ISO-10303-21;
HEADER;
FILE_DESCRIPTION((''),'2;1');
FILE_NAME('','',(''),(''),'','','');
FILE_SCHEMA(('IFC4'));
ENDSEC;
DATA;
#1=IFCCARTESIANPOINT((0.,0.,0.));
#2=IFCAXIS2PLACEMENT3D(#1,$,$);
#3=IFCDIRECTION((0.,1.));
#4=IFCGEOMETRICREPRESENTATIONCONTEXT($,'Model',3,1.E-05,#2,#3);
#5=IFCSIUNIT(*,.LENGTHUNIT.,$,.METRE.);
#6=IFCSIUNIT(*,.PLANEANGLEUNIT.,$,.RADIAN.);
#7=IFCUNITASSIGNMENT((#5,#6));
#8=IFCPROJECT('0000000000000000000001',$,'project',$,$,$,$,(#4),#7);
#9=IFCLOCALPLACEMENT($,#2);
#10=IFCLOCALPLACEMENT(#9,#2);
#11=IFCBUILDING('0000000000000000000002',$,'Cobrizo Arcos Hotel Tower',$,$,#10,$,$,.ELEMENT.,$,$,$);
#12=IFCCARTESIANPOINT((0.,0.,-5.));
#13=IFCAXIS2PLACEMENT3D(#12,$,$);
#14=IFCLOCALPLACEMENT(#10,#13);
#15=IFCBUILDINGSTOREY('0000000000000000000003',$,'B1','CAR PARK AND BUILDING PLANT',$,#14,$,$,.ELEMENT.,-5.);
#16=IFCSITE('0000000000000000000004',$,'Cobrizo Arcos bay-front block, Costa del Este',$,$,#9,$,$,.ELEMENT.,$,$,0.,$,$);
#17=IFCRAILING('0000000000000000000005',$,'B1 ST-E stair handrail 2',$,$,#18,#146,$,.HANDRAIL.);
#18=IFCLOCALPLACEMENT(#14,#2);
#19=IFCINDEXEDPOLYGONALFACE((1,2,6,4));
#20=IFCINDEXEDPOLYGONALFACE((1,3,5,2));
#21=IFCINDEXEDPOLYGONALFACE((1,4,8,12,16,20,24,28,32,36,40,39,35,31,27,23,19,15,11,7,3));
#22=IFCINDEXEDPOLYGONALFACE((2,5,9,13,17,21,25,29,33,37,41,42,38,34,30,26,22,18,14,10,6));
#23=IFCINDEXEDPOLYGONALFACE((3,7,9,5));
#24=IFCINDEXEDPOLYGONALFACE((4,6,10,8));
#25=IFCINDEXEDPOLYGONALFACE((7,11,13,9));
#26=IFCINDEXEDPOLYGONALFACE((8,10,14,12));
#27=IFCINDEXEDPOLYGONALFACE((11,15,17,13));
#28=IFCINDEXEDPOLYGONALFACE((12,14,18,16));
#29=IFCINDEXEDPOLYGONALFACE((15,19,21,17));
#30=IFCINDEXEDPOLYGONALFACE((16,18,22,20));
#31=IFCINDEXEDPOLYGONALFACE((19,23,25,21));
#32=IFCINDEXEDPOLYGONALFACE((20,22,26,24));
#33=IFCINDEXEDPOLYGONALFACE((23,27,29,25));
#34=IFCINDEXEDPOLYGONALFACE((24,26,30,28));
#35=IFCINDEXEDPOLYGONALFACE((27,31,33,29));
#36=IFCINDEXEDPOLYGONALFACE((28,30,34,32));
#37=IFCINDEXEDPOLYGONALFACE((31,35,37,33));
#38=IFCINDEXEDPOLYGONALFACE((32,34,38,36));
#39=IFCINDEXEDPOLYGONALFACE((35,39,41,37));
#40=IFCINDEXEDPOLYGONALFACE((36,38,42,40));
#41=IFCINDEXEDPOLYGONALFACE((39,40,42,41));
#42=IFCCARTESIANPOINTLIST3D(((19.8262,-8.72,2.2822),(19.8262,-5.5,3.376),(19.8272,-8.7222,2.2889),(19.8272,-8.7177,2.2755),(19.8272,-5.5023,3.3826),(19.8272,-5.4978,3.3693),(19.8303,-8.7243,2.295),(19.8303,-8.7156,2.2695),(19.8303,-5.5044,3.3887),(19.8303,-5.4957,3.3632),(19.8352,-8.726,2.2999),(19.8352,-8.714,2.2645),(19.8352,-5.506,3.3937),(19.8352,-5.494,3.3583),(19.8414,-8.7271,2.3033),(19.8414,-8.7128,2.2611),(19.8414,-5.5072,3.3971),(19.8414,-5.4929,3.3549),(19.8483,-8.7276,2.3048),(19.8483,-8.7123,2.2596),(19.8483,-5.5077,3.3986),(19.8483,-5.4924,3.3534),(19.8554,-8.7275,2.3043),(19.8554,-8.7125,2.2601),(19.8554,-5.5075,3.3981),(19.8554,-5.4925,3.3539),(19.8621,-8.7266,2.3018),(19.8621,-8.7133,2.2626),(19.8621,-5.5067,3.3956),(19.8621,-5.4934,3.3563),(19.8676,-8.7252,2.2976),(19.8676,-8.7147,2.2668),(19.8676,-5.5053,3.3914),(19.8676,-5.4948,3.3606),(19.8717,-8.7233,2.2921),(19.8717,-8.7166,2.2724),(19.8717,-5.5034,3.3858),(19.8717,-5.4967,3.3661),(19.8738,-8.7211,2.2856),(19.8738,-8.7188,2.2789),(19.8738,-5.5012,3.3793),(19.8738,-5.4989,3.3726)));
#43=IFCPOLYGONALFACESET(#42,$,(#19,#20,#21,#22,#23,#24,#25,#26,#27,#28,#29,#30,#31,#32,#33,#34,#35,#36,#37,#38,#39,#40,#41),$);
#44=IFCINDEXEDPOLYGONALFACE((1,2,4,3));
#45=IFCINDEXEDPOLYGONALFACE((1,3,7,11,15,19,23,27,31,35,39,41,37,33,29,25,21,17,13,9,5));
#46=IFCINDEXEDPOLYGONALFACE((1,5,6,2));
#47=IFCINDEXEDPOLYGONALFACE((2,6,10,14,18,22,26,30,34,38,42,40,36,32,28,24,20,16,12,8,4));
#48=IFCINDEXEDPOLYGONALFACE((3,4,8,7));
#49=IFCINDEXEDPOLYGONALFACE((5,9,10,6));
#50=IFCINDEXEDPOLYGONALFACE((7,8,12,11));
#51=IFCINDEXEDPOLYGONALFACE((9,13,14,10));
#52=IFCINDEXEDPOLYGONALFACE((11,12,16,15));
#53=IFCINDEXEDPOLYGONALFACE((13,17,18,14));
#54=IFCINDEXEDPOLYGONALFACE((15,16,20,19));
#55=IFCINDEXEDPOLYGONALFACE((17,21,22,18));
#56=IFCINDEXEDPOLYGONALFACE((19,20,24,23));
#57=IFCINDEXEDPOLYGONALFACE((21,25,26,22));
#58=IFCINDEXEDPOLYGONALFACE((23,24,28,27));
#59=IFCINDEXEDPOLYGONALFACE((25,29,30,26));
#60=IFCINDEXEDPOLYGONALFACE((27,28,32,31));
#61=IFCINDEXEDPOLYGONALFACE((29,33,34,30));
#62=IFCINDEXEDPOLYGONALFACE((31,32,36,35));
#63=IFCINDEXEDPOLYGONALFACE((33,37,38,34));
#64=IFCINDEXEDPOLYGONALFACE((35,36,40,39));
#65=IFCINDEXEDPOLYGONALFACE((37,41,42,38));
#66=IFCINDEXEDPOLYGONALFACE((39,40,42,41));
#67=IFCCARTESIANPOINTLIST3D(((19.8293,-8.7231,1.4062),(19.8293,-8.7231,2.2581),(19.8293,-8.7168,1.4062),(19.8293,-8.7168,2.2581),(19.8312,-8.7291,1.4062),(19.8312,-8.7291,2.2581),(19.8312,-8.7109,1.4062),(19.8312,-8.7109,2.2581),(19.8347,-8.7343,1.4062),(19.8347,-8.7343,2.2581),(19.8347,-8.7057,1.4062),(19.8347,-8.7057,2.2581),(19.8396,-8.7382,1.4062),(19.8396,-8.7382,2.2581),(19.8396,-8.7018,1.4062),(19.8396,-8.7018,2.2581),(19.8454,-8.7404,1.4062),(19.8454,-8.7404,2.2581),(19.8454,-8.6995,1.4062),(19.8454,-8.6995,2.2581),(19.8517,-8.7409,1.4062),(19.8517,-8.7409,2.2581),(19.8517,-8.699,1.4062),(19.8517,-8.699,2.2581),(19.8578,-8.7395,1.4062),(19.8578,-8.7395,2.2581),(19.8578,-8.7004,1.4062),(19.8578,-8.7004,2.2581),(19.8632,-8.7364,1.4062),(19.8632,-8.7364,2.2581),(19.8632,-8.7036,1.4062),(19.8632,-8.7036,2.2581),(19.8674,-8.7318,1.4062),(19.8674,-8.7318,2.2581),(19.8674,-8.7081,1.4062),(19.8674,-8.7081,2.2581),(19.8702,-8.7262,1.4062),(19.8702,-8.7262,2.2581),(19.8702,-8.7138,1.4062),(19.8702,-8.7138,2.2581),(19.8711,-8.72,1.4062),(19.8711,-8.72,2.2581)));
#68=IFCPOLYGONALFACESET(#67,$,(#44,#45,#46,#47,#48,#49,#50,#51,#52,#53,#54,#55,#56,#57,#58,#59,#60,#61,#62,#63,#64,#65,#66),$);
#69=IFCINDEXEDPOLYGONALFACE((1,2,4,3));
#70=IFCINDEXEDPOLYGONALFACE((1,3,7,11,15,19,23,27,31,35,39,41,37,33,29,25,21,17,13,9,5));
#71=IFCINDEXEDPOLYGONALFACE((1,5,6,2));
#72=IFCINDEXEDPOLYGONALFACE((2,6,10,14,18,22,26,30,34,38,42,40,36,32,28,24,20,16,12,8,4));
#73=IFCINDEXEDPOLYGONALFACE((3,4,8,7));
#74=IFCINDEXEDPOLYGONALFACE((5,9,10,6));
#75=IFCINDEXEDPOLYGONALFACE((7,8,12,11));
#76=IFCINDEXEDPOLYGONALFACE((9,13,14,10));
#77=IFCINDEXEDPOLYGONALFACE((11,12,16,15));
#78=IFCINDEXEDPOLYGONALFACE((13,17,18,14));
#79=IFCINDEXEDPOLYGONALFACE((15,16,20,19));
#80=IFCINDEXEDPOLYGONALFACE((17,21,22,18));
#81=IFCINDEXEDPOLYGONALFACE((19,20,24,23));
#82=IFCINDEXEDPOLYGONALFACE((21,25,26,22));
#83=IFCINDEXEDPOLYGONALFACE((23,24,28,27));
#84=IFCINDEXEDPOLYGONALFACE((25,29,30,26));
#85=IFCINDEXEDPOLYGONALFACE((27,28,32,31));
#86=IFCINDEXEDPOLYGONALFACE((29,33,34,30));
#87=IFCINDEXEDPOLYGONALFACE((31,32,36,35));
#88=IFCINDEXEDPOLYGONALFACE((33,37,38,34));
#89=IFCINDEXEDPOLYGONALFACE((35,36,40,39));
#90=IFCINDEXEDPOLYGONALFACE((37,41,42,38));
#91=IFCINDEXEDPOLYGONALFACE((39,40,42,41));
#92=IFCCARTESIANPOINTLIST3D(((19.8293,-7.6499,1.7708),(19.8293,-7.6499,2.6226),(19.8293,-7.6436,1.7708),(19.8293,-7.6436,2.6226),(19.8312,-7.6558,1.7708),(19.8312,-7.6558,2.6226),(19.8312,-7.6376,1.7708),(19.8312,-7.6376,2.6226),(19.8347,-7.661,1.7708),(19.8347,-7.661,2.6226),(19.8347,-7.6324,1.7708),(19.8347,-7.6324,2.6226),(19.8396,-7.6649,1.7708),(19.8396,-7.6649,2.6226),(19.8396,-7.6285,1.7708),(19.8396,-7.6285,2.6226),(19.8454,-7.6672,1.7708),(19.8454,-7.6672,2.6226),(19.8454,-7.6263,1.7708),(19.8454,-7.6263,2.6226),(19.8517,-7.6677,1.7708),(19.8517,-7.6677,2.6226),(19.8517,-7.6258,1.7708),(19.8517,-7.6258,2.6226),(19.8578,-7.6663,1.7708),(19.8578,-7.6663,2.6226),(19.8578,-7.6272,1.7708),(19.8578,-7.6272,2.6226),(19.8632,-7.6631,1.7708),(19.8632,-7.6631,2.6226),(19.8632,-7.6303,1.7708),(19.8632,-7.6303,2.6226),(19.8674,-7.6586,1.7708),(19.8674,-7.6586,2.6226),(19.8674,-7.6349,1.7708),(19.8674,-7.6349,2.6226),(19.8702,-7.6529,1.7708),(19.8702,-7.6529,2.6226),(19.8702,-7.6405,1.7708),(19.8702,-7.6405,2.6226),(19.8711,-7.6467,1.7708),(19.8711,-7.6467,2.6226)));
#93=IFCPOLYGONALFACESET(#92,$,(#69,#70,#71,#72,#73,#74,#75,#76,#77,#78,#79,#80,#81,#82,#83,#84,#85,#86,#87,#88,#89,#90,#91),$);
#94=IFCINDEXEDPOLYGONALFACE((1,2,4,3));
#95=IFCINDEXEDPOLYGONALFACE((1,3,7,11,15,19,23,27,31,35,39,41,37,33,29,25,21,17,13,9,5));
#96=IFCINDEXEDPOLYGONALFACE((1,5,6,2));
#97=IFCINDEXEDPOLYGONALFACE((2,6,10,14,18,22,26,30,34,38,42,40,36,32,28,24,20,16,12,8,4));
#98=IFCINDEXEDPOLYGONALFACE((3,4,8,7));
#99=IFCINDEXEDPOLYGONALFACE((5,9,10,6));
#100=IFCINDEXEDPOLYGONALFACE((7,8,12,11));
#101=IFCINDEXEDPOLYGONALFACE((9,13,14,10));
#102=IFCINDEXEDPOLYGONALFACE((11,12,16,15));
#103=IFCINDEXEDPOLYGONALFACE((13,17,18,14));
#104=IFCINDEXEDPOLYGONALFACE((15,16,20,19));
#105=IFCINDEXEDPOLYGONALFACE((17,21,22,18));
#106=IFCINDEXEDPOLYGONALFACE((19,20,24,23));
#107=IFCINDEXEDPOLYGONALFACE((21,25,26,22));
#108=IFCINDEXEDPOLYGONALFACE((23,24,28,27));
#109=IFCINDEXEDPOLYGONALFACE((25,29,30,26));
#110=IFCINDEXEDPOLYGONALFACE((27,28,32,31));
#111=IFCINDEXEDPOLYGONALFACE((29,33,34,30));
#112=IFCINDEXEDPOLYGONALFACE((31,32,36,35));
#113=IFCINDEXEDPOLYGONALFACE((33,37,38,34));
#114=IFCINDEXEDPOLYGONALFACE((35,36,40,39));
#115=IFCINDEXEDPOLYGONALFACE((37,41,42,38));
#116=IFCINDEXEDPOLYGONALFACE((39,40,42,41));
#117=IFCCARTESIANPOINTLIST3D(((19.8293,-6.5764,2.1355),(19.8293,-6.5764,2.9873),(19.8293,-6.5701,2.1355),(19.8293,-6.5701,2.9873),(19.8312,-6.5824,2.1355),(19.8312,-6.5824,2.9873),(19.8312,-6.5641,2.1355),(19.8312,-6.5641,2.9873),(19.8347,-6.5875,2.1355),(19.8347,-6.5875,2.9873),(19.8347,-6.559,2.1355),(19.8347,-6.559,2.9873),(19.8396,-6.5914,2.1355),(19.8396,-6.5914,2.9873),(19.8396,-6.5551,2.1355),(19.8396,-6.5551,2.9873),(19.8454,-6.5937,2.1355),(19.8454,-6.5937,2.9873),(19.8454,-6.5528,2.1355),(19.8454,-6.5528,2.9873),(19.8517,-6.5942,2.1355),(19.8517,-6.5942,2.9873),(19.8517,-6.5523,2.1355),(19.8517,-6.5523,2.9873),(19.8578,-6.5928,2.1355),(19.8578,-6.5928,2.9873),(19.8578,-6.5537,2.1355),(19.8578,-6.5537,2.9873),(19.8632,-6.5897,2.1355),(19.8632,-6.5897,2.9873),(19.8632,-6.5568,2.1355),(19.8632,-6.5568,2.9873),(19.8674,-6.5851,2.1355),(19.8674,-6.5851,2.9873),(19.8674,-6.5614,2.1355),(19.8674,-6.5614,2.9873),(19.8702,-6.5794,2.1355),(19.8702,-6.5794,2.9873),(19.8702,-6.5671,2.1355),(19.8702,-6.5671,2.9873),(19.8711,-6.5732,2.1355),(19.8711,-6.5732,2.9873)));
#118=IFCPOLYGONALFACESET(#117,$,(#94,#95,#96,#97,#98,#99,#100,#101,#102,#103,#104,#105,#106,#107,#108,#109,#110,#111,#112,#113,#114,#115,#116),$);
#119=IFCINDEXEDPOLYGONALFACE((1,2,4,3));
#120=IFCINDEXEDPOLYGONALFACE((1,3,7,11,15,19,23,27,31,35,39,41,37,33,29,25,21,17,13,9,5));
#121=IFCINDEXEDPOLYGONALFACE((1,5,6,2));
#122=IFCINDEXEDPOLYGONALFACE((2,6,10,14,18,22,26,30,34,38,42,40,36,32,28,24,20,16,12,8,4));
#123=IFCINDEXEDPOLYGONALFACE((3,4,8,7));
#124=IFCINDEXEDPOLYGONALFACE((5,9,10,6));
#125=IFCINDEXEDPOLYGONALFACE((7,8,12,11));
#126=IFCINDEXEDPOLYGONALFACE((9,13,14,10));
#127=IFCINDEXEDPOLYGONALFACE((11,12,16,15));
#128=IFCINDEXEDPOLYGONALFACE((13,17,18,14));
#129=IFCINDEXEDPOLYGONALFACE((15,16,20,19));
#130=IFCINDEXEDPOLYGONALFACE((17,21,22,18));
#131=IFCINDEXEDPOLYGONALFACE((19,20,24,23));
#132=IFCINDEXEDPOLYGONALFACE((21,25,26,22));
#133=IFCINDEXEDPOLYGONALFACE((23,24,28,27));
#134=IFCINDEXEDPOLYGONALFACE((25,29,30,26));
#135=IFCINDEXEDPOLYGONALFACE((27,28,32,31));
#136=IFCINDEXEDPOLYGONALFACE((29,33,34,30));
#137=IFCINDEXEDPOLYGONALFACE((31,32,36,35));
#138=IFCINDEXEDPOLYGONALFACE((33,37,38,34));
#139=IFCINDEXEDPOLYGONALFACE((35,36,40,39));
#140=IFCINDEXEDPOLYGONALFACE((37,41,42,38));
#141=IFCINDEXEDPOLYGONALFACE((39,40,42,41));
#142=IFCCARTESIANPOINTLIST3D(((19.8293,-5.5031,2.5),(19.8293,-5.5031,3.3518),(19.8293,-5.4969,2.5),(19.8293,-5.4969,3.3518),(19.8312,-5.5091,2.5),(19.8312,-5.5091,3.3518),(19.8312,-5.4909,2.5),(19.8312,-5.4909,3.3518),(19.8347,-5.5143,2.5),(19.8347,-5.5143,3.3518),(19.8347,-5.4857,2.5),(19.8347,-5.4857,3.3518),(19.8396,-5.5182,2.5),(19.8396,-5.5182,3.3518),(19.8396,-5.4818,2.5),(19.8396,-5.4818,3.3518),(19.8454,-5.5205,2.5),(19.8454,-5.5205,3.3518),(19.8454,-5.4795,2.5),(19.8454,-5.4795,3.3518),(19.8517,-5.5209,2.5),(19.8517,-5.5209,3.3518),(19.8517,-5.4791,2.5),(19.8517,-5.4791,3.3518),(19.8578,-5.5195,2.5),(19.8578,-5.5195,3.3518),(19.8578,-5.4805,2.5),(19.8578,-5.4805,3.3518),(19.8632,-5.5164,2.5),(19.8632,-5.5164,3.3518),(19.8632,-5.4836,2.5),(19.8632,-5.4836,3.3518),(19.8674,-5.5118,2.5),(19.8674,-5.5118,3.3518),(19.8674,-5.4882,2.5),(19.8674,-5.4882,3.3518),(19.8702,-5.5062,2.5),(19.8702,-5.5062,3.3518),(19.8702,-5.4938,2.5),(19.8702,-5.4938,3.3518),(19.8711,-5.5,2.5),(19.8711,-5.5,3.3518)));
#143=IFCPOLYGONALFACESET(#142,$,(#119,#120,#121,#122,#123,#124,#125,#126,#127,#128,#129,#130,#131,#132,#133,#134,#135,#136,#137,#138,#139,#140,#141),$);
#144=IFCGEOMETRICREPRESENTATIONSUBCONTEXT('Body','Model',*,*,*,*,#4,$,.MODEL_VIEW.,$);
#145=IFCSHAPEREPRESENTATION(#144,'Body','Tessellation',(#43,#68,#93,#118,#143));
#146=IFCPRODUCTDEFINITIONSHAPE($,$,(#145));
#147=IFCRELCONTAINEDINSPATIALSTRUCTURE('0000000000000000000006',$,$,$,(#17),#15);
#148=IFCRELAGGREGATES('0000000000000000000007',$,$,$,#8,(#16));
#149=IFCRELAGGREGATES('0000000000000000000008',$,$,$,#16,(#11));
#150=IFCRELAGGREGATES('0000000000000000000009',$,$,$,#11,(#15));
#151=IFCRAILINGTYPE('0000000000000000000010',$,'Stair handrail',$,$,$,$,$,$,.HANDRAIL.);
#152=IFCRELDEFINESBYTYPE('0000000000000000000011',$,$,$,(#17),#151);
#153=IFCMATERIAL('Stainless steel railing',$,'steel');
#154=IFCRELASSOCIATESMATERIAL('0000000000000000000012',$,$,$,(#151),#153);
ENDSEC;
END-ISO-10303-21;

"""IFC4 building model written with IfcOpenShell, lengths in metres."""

from ifc_helpers import new_model, si_unit, direction, frame, origin, origin_2d, place, context, subcontext, project, spatial, circle, extrude, material, type_object, element, save


model = new_model("IFC4")

# Units and contexts
model_context = context("Model", 3, precision=1e-05, world=origin(), true_north=direction((0.0, 1.0)))
body_context = subcontext(model_context, "Body", "Model", "MODEL_VIEW")
ifc_project = project(units=[si_unit("LENGTHUNIT", "METRE"), si_unit("PLANEANGLEUNIT", "RADIAN")], contexts=[model_context])

# Site, building, storey
site_placement = place(None, origin())
site = spatial("IfcSite", under=ifc_project, at=site_placement, Name="Cobrizo Arcos bay-front block, Costa del Este", CompositionType="ELEMENT", RefElevation=0.0)
building_placement = place(site_placement, origin())
building = spatial("IfcBuilding", under=site, at=building_placement, Name="Cobrizo Arcos Hotel Tower", CompositionType="ELEMENT")
storey_placement = place(building_placement, frame((0.0, 0.0, -5.0)))
storey = spatial("IfcBuildingStorey", under=building, at=storey_placement, Name="B1", Description="CAR PARK AND BUILDING PLANT", CompositionType="ELEMENT", Elevation=-5.0)

# Railing
ifc_material_1 = material(Name="Stainless steel railing", Category="steel")
railing_type_1 = type_object("IfcRailingType", Name="Stair handrail", PredefinedType="HANDRAIL", material=ifc_material_1)
for number, where, name in (
    (1, (19.8501, -8.72, 1.4062), "B1 ST-E stair handrail 2"),
):
    element("IfcRailing", number, at=place(storey_placement, frame(where)), inside=storey, type_object=railing_type_1, Name=name, PredefinedType="HANDRAIL", context=body_context, shape_type="SweptSolid", body=[
        extrude(circle(Radius=0.0239, at=origin_2d()), frame((0.0, 0.0, 0.876), z_axis=(0.0, 0.946866, 0.321629), x_axis=(-1.0, 0.0, 0.0)), (0.0, 0.0, 1.0), 3.4006),
        extrude(circle(Radius=0.021, at=origin_2d()), origin(), (0.0, 0.0, 1.0), 0.8518),
        extrude(circle(Radius=0.021, at=origin_2d()), frame((0.0, 1.0732, 0.3645)), (0.0, 0.0, 1.0), 0.8518),
        extrude(circle(Radius=0.021, at=origin_2d()), frame((0.0, 2.1467, 0.7292)), (0.0, 0.0, 1.0), 0.8518),
        extrude(circle(Radius=0.021, at=origin_2d()), frame((0.0, 3.22, 1.0938)), (0.0, 0.0, 1.0), 0.8518),
    ])

save(model, "model.ifc")
